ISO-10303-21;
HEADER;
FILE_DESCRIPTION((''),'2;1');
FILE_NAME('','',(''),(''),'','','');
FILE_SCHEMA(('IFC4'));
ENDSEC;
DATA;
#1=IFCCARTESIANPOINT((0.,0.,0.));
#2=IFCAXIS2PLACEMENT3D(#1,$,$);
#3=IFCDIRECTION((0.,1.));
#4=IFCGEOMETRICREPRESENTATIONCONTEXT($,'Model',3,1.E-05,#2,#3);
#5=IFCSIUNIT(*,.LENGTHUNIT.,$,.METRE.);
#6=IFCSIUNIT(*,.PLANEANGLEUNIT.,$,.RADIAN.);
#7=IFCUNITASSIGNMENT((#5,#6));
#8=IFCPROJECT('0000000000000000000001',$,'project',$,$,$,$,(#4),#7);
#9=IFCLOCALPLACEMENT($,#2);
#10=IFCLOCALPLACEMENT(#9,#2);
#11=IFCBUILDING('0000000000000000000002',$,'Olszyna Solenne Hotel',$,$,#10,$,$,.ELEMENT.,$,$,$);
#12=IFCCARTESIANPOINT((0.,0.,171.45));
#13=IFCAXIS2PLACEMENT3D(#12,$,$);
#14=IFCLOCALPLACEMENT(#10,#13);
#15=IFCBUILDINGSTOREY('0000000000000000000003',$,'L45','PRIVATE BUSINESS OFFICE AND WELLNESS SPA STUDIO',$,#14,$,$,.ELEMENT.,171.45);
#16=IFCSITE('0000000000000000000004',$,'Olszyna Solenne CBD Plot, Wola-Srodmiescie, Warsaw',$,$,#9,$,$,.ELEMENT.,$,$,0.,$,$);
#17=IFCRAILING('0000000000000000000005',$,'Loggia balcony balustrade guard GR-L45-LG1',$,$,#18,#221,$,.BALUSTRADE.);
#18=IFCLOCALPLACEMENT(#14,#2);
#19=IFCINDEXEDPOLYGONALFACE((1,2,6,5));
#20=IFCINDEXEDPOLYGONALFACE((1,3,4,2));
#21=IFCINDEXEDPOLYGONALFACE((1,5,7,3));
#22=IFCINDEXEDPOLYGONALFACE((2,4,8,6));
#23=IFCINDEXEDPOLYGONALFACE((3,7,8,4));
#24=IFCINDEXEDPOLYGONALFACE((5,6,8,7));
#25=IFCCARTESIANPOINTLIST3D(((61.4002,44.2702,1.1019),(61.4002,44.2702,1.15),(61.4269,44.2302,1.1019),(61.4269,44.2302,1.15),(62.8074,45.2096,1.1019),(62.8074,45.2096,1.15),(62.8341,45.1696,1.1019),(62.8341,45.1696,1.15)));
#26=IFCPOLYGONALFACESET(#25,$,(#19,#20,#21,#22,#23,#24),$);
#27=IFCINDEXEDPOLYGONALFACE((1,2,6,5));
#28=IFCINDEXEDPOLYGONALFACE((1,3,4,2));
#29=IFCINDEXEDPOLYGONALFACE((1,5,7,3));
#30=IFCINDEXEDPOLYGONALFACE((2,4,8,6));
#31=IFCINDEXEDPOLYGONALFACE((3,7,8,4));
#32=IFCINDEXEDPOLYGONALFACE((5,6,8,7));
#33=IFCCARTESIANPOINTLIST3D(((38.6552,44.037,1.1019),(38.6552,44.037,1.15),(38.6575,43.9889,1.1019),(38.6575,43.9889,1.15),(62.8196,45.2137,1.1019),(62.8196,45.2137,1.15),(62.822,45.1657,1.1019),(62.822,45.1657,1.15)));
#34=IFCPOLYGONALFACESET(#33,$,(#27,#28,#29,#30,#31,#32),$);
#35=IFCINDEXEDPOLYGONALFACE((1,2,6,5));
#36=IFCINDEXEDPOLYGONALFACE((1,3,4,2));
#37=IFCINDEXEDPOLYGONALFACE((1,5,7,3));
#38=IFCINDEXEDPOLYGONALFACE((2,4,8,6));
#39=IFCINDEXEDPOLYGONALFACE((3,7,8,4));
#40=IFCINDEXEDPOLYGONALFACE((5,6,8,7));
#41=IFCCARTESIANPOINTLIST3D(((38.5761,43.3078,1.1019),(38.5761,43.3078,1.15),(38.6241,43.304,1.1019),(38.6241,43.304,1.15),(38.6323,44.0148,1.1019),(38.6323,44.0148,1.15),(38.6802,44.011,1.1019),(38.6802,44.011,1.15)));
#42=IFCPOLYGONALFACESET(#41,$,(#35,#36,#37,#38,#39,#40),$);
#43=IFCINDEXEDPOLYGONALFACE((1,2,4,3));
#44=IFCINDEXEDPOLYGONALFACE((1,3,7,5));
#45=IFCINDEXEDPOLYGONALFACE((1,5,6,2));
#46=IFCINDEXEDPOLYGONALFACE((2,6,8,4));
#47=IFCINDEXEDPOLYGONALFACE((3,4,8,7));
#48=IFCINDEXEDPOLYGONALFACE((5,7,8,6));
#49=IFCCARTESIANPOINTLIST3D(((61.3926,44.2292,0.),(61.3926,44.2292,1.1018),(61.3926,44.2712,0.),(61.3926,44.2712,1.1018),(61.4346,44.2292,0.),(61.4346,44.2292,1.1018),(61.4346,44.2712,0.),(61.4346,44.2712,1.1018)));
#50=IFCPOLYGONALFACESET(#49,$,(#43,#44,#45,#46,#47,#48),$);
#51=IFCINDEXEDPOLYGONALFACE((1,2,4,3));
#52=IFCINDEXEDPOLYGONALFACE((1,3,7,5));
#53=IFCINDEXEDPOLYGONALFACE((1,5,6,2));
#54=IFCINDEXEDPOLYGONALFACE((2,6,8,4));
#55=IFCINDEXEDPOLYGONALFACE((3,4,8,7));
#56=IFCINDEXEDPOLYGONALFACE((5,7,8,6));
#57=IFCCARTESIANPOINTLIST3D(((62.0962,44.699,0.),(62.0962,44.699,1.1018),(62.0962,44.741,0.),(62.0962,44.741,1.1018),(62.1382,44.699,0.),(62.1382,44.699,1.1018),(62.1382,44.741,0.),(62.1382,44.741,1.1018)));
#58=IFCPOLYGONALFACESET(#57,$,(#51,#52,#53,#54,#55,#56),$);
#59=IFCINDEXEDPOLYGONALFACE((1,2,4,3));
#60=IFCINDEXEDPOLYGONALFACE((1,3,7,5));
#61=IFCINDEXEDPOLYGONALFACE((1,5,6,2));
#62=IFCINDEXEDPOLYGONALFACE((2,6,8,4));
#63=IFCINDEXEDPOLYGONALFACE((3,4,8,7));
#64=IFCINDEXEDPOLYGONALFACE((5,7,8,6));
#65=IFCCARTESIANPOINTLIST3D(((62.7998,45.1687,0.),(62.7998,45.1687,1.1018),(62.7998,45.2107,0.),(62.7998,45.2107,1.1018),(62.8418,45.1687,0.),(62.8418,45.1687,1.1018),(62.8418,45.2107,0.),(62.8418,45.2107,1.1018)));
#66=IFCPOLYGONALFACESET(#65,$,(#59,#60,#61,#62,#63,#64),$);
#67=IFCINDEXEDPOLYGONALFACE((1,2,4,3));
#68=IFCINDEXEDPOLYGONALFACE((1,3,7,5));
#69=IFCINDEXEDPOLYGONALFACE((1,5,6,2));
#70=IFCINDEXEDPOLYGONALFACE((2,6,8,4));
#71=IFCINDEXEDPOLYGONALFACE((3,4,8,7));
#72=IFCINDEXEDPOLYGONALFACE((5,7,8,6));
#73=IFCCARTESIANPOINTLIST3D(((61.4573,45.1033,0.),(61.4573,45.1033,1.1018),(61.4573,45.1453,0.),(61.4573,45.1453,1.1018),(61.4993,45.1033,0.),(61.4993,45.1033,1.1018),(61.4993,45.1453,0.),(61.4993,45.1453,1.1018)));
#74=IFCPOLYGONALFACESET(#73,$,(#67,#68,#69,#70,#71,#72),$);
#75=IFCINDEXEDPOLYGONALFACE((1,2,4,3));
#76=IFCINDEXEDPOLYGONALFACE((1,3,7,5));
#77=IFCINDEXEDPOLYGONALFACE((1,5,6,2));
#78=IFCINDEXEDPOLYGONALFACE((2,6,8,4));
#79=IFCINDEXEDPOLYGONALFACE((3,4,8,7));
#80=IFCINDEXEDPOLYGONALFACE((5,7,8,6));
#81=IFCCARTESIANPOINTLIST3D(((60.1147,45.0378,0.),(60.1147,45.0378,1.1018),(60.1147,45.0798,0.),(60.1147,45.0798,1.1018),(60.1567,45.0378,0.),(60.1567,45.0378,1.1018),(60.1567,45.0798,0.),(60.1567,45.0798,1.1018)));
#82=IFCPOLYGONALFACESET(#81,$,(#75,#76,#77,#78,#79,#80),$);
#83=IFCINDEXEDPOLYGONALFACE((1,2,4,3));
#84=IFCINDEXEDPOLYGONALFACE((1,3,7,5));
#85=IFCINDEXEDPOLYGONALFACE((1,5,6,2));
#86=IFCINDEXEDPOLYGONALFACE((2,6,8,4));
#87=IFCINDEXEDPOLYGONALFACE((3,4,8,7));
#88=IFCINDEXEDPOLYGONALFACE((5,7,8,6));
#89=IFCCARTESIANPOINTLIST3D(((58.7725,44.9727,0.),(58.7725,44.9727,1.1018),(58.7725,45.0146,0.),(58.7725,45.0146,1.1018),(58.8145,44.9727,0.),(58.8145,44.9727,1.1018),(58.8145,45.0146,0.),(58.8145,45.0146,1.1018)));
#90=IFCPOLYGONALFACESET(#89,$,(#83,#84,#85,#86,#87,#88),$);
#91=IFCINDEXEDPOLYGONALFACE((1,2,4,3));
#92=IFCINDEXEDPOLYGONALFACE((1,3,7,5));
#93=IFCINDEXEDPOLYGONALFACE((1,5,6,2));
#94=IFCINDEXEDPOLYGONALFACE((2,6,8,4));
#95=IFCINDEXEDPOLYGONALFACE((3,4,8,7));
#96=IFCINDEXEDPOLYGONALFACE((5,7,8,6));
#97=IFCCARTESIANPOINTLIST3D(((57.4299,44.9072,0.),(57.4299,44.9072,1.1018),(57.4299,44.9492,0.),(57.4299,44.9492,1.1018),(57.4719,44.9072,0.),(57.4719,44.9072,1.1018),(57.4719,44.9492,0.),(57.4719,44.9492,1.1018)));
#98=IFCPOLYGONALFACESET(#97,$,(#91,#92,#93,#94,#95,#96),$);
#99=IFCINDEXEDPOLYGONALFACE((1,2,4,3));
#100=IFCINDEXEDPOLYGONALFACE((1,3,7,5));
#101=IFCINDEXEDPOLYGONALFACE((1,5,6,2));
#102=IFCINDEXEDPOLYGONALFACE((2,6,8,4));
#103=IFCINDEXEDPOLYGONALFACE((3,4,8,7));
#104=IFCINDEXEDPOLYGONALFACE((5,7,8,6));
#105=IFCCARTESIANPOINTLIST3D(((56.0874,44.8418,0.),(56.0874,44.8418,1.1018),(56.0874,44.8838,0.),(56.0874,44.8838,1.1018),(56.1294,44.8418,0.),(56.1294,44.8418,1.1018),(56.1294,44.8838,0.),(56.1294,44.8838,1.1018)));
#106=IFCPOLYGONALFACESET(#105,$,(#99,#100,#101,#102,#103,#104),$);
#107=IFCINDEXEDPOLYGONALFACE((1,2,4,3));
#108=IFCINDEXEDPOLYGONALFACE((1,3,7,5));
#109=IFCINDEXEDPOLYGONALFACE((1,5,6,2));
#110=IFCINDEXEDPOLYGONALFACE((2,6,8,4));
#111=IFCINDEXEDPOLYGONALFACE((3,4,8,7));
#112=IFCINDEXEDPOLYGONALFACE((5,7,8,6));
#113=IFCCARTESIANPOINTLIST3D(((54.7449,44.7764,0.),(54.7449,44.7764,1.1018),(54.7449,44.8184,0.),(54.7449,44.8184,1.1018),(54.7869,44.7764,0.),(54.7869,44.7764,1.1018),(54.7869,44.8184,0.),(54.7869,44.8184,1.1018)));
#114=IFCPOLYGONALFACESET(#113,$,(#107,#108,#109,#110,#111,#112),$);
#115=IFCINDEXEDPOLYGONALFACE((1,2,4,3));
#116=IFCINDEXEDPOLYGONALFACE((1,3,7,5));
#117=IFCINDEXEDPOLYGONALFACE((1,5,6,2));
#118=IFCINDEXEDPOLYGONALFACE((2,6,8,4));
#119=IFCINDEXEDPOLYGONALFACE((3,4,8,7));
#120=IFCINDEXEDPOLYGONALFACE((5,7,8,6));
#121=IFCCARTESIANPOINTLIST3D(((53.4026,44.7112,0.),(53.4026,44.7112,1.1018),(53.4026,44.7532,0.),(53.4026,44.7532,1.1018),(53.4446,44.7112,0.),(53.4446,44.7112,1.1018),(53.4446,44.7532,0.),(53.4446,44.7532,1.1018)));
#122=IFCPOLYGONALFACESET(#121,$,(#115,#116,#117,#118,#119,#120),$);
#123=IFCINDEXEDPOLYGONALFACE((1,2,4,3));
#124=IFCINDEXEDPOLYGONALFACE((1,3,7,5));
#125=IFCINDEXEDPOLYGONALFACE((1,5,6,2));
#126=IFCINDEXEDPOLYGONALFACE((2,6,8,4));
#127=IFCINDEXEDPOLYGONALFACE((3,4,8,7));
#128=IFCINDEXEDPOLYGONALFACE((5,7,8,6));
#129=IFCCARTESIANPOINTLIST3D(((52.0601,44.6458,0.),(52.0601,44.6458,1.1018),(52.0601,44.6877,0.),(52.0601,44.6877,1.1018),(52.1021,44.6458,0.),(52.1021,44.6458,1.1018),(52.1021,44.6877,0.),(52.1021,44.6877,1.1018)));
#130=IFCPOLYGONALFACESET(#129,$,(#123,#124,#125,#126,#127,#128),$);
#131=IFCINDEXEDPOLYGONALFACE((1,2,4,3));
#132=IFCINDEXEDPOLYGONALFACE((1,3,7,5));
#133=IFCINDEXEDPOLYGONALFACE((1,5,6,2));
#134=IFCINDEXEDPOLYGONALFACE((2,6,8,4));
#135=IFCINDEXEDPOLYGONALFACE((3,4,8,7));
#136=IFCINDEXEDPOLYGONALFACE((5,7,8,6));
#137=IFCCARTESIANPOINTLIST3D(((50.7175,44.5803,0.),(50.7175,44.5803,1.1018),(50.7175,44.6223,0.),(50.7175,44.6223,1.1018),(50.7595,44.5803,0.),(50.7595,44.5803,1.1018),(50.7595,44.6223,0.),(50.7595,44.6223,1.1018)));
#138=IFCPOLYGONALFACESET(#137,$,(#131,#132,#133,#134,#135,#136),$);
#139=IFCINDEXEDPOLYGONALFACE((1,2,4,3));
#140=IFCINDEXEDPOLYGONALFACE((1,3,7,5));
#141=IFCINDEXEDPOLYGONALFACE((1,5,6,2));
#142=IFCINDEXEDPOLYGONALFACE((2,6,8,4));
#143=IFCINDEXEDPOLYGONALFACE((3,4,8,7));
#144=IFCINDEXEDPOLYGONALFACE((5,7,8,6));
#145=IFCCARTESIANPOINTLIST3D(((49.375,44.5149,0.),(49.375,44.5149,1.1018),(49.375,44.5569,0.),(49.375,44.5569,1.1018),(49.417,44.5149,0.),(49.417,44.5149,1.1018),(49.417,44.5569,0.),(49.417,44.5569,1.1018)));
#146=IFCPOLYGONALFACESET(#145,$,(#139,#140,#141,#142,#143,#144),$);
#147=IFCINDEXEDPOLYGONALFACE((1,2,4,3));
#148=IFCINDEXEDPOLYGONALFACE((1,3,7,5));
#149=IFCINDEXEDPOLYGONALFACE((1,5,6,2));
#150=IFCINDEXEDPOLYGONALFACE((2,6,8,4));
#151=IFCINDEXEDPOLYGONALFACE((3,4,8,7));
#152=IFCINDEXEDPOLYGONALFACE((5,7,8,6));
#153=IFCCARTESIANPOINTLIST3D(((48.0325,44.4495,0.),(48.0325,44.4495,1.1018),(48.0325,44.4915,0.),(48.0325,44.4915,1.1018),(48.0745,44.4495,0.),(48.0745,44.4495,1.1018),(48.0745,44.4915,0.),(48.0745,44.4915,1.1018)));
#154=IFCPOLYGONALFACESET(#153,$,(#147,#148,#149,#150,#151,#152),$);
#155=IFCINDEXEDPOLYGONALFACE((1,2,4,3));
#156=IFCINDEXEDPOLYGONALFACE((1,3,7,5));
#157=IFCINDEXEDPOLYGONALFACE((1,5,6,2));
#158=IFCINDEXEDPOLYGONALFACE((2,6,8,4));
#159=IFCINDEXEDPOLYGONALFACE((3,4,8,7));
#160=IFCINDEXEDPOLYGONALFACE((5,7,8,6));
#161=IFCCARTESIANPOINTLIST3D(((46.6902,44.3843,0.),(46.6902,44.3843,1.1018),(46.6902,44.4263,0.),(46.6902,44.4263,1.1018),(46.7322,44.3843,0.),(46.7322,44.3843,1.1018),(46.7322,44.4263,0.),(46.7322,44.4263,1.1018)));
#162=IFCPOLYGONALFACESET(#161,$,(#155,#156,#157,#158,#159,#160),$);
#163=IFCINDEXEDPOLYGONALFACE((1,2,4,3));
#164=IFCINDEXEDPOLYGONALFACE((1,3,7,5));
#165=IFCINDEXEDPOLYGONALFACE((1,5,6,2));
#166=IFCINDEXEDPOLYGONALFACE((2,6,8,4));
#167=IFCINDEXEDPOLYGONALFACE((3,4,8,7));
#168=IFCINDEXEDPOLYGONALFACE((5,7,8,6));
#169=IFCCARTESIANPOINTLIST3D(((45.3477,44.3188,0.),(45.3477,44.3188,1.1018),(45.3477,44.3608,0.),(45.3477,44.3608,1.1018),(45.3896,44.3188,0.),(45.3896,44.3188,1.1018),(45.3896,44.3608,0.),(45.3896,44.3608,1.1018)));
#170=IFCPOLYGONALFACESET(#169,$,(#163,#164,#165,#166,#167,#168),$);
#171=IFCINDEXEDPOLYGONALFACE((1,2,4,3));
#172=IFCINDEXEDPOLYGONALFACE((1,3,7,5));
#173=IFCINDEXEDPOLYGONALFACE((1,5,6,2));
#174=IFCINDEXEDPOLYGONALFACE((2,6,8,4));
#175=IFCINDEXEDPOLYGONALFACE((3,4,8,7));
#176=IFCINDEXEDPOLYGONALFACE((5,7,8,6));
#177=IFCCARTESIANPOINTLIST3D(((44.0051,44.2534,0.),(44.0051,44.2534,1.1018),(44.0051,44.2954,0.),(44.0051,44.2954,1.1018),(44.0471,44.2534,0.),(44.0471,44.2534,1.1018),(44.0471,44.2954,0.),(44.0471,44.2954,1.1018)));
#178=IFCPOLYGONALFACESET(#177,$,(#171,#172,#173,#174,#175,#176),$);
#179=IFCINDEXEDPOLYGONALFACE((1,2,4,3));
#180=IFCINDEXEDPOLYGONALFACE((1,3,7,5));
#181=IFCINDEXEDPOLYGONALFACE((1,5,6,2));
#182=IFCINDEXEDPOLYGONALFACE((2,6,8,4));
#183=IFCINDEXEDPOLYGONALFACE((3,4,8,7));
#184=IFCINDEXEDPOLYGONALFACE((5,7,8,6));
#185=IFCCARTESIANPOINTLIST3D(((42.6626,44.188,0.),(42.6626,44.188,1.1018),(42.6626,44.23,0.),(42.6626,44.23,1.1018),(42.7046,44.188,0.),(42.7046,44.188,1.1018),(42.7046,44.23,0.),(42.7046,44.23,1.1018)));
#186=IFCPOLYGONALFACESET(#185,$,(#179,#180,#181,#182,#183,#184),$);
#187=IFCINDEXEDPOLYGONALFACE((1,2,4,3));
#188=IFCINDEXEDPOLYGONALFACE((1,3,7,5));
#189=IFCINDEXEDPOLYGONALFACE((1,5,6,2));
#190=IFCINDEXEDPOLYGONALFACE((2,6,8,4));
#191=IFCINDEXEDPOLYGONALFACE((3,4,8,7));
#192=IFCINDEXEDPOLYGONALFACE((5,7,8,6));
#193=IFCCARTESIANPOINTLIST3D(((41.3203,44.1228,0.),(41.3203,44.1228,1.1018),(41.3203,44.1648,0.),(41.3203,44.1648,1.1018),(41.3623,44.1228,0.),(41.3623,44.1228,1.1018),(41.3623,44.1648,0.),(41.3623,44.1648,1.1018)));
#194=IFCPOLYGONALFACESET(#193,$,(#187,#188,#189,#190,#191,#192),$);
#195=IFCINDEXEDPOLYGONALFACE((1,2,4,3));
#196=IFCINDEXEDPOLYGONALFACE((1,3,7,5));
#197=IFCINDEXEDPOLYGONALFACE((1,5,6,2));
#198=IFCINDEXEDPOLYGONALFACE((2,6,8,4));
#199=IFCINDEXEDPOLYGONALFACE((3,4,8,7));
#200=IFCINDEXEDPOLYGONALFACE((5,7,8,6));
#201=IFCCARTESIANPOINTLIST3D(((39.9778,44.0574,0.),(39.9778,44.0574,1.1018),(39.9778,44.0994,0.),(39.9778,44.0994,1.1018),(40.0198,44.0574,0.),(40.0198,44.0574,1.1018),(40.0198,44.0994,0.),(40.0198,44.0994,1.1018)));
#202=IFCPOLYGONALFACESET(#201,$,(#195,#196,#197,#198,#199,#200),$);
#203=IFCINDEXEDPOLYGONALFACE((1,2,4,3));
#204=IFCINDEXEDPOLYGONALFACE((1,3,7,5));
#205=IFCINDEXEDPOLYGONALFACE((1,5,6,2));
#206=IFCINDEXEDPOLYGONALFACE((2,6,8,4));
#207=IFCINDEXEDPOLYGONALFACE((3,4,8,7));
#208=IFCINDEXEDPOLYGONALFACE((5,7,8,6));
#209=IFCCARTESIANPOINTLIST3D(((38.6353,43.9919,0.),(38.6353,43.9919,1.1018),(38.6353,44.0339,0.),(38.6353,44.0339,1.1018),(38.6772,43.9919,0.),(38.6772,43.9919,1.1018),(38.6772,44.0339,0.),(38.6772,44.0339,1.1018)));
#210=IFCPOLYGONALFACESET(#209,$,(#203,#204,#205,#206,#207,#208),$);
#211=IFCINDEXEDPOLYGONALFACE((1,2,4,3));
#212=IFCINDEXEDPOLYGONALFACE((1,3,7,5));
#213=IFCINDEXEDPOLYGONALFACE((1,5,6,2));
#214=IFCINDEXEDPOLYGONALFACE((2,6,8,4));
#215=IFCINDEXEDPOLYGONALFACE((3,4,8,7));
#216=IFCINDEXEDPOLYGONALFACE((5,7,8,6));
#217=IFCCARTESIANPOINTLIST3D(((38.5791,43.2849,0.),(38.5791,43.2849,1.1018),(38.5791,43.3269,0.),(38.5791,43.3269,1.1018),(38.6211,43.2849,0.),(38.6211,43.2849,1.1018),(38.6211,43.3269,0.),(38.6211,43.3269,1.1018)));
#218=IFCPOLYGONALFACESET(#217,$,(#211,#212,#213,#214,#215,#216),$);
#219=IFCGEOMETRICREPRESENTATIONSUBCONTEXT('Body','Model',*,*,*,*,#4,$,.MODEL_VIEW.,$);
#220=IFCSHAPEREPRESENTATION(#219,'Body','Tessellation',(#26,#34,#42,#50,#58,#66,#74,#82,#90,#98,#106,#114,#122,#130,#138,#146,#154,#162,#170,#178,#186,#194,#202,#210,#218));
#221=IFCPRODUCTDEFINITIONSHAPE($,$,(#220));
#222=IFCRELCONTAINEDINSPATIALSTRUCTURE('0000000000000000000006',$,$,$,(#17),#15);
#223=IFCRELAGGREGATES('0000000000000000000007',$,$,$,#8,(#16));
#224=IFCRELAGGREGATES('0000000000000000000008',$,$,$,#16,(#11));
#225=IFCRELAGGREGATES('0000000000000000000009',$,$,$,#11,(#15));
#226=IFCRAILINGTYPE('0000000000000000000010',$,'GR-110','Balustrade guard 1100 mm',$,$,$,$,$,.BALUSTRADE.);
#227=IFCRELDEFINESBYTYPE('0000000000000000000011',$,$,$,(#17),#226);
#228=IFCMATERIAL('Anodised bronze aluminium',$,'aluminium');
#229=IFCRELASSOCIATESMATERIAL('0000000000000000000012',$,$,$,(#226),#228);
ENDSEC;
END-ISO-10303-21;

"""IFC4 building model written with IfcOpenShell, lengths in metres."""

from ifc_helpers import new_model, si_unit, direction, frame, origin, origin_2d, place, context, subcontext, project, spatial, rectangle, extrude, material, type_object, element, save


model = new_model("IFC4")

# Units and contexts
model_context = context("Model", 3, precision=1e-05, world=origin(), true_north=direction((0.0, 1.0)))
body_context = subcontext(model_context, "Body", "Model", "MODEL_VIEW")
ifc_project = project(units=[si_unit("LENGTHUNIT", "METRE"), si_unit("PLANEANGLEUNIT", "RADIAN")], contexts=[model_context])

# Site, building, storey
site_placement = place(None, origin())
site = spatial("IfcSite", under=ifc_project, at=site_placement, Name="Olszyna Solenne CBD Plot, Wola-Srodmiescie, Warsaw", CompositionType="ELEMENT", RefElevation=0.0)
building_placement = place(site_placement, origin())
building = spatial("IfcBuilding", under=site, at=building_placement, Name="Olszyna Solenne Hotel", CompositionType="ELEMENT")
storey_placement = place(building_placement, frame((0.0, 0.0, 171.45)))
storey = spatial("IfcBuildingStorey", under=building, at=storey_placement, Name="L45", Description="PRIVATE BUSINESS OFFICE AND WELLNESS SPA STUDIO", CompositionType="ELEMENT", Elevation=171.45)

# Railing
ifc_material_1 = material(Name="Anodised bronze aluminium", Category="aluminium")
railing_type = type_object("IfcRailingType", Name="GR-110", Description="Balustrade guard 1100 mm", PredefinedType="BALUSTRADE", material=ifc_material_1)
railing_placement = place(storey_placement, frame((61.4136, 44.2502, 0.0)))
element("IfcRailing", 1, at=railing_placement, inside=storey, type_object=railing_type, Name="Loggia balcony balustrade guard GR-L45-LG1", PredefinedType="BALUSTRADE", context=body_context, shape_type="SweptSolid", body=[
    extrude(rectangle(XDim=0.0481, YDim=0.0481, at=origin_2d()), frame((0.0, 0.0, 1.126), z_axis=(0.831695, 0.555233, 0.0), x_axis=(-0.555233, 0.831695, 0.0)), (0.0, 0.0, 1.0), 1.6919),
    extrude(rectangle(XDim=0.0481, YDim=0.0481, at=origin_2d()), frame((1.4072, 0.9395, 1.126), z_axis=(-0.998816, -0.04864, 0.0), x_axis=(0.04864, -0.998816, 0.0)), (0.0, 0.0, 1.0), 24.1931),
    extrude(rectangle(XDim=0.0481, YDim=0.0481, at=origin_2d()), frame((-22.7573, -0.2373, 1.126), z_axis=(-0.079171, -0.996861, 0.0), x_axis=(0.996861, -0.079171, 0.0)), (0.0, 0.0, 1.0), 0.7092),
    extrude(rectangle(XDim=0.042, YDim=0.042, at=origin_2d()), origin(), (0.0, 0.0, 1.0), 1.1018),
    extrude(rectangle(XDim=0.042, YDim=0.042, at=origin_2d()), frame((0.7036, 0.4697, 0.0)), (0.0, 0.0, 1.0), 1.1018),
    extrude(rectangle(XDim=0.042, YDim=0.042, at=origin_2d()), frame((1.4072, 0.9395, 0.0)), (0.0, 0.0, 1.0), 1.1018),
    extrude(rectangle(XDim=0.042, YDim=0.042, at=origin_2d()), frame((0.0647, 0.874, 0.0)), (0.0, 0.0, 1.0), 1.1018),
    extrude(rectangle(XDim=0.042, YDim=0.042, at=origin_2d()), frame((-1.2778, 0.8086, 0.0)), (0.0, 0.0, 1.0), 1.1018),
    extrude(rectangle(XDim=0.042, YDim=0.042, at=origin_2d()), frame((-2.6201, 0.7434, 0.0)), (0.0, 0.0, 1.0), 1.1018),
    extrude(rectangle(XDim=0.042, YDim=0.042, at=origin_2d()), frame((-3.9626, 0.678, 0.0)), (0.0, 0.0, 1.0), 1.1018),
    extrude(rectangle(XDim=0.042, YDim=0.042, at=origin_2d()), frame((-5.3052, 0.6125, 0.0)), (0.0, 0.0, 1.0), 1.1018),
    extrude(rectangle(XDim=0.042, YDim=0.042, at=origin_2d()), frame((-6.6477, 0.5471, 0.0)), (0.0, 0.0, 1.0), 1.1018),
    extrude(rectangle(XDim=0.042, YDim=0.042, at=origin_2d()), frame((-7.99, 0.4819, 0.0)), (0.0, 0.0, 1.0), 1.1018),
    extrude(rectangle(XDim=0.042, YDim=0.042, at=origin_2d()), frame((-9.3325, 0.4165, 0.0)), (0.0, 0.0, 1.0), 1.1018),
    extrude(rectangle(XDim=0.042, YDim=0.042, at=origin_2d()), frame((-10.675, 0.3511, 0.0)), (0.0, 0.0, 1.0), 1.1018),
    extrude(rectangle(XDim=0.042, YDim=0.042, at=origin_2d()), frame((-12.0176, 0.2856, 0.0)), (0.0, 0.0, 1.0), 1.1018),
    extrude(rectangle(XDim=0.042, YDim=0.042, at=origin_2d()), frame((-13.3601, 0.2202, 0.0)), (0.0, 0.0, 1.0), 1.1018),
    extrude(rectangle(XDim=0.042, YDim=0.042, at=origin_2d()), frame((-14.7024, 0.155, 0.0)), (0.0, 0.0, 1.0), 1.1018),
    extrude(rectangle(XDim=0.042, YDim=0.042, at=origin_2d()), frame((-16.0449, 0.0896, 0.0)), (0.0, 0.0, 1.0), 1.1018),
    extrude(rectangle(XDim=0.042, YDim=0.042, at=origin_2d()), frame((-17.3875, 0.0242, 0.0)), (0.0, 0.0, 1.0), 1.1018),
    extrude(rectangle(XDim=0.042, YDim=0.042, at=origin_2d()), frame((-18.73, -0.0413, 0.0)), (0.0, 0.0, 1.0), 1.1018),
    extrude(rectangle(XDim=0.042, YDim=0.042, at=origin_2d()), frame((-20.0723, -0.1064, 0.0)), (0.0, 0.0, 1.0), 1.1018),
    extrude(rectangle(XDim=0.042, YDim=0.042, at=origin_2d()), frame((-21.4148, -0.1719, 0.0)), (0.0, 0.0, 1.0), 1.1018),
    extrude(rectangle(XDim=0.042, YDim=0.042, at=origin_2d()), frame((-22.7573, -0.2373, 0.0)), (0.0, 0.0, 1.0), 1.1018),
    extrude(rectangle(XDim=0.042, YDim=0.042, at=origin_2d()), frame((-22.8135, -0.9443, 0.0)), (0.0, 0.0, 1.0), 1.1018),
])

save(model, "model.ifc")
